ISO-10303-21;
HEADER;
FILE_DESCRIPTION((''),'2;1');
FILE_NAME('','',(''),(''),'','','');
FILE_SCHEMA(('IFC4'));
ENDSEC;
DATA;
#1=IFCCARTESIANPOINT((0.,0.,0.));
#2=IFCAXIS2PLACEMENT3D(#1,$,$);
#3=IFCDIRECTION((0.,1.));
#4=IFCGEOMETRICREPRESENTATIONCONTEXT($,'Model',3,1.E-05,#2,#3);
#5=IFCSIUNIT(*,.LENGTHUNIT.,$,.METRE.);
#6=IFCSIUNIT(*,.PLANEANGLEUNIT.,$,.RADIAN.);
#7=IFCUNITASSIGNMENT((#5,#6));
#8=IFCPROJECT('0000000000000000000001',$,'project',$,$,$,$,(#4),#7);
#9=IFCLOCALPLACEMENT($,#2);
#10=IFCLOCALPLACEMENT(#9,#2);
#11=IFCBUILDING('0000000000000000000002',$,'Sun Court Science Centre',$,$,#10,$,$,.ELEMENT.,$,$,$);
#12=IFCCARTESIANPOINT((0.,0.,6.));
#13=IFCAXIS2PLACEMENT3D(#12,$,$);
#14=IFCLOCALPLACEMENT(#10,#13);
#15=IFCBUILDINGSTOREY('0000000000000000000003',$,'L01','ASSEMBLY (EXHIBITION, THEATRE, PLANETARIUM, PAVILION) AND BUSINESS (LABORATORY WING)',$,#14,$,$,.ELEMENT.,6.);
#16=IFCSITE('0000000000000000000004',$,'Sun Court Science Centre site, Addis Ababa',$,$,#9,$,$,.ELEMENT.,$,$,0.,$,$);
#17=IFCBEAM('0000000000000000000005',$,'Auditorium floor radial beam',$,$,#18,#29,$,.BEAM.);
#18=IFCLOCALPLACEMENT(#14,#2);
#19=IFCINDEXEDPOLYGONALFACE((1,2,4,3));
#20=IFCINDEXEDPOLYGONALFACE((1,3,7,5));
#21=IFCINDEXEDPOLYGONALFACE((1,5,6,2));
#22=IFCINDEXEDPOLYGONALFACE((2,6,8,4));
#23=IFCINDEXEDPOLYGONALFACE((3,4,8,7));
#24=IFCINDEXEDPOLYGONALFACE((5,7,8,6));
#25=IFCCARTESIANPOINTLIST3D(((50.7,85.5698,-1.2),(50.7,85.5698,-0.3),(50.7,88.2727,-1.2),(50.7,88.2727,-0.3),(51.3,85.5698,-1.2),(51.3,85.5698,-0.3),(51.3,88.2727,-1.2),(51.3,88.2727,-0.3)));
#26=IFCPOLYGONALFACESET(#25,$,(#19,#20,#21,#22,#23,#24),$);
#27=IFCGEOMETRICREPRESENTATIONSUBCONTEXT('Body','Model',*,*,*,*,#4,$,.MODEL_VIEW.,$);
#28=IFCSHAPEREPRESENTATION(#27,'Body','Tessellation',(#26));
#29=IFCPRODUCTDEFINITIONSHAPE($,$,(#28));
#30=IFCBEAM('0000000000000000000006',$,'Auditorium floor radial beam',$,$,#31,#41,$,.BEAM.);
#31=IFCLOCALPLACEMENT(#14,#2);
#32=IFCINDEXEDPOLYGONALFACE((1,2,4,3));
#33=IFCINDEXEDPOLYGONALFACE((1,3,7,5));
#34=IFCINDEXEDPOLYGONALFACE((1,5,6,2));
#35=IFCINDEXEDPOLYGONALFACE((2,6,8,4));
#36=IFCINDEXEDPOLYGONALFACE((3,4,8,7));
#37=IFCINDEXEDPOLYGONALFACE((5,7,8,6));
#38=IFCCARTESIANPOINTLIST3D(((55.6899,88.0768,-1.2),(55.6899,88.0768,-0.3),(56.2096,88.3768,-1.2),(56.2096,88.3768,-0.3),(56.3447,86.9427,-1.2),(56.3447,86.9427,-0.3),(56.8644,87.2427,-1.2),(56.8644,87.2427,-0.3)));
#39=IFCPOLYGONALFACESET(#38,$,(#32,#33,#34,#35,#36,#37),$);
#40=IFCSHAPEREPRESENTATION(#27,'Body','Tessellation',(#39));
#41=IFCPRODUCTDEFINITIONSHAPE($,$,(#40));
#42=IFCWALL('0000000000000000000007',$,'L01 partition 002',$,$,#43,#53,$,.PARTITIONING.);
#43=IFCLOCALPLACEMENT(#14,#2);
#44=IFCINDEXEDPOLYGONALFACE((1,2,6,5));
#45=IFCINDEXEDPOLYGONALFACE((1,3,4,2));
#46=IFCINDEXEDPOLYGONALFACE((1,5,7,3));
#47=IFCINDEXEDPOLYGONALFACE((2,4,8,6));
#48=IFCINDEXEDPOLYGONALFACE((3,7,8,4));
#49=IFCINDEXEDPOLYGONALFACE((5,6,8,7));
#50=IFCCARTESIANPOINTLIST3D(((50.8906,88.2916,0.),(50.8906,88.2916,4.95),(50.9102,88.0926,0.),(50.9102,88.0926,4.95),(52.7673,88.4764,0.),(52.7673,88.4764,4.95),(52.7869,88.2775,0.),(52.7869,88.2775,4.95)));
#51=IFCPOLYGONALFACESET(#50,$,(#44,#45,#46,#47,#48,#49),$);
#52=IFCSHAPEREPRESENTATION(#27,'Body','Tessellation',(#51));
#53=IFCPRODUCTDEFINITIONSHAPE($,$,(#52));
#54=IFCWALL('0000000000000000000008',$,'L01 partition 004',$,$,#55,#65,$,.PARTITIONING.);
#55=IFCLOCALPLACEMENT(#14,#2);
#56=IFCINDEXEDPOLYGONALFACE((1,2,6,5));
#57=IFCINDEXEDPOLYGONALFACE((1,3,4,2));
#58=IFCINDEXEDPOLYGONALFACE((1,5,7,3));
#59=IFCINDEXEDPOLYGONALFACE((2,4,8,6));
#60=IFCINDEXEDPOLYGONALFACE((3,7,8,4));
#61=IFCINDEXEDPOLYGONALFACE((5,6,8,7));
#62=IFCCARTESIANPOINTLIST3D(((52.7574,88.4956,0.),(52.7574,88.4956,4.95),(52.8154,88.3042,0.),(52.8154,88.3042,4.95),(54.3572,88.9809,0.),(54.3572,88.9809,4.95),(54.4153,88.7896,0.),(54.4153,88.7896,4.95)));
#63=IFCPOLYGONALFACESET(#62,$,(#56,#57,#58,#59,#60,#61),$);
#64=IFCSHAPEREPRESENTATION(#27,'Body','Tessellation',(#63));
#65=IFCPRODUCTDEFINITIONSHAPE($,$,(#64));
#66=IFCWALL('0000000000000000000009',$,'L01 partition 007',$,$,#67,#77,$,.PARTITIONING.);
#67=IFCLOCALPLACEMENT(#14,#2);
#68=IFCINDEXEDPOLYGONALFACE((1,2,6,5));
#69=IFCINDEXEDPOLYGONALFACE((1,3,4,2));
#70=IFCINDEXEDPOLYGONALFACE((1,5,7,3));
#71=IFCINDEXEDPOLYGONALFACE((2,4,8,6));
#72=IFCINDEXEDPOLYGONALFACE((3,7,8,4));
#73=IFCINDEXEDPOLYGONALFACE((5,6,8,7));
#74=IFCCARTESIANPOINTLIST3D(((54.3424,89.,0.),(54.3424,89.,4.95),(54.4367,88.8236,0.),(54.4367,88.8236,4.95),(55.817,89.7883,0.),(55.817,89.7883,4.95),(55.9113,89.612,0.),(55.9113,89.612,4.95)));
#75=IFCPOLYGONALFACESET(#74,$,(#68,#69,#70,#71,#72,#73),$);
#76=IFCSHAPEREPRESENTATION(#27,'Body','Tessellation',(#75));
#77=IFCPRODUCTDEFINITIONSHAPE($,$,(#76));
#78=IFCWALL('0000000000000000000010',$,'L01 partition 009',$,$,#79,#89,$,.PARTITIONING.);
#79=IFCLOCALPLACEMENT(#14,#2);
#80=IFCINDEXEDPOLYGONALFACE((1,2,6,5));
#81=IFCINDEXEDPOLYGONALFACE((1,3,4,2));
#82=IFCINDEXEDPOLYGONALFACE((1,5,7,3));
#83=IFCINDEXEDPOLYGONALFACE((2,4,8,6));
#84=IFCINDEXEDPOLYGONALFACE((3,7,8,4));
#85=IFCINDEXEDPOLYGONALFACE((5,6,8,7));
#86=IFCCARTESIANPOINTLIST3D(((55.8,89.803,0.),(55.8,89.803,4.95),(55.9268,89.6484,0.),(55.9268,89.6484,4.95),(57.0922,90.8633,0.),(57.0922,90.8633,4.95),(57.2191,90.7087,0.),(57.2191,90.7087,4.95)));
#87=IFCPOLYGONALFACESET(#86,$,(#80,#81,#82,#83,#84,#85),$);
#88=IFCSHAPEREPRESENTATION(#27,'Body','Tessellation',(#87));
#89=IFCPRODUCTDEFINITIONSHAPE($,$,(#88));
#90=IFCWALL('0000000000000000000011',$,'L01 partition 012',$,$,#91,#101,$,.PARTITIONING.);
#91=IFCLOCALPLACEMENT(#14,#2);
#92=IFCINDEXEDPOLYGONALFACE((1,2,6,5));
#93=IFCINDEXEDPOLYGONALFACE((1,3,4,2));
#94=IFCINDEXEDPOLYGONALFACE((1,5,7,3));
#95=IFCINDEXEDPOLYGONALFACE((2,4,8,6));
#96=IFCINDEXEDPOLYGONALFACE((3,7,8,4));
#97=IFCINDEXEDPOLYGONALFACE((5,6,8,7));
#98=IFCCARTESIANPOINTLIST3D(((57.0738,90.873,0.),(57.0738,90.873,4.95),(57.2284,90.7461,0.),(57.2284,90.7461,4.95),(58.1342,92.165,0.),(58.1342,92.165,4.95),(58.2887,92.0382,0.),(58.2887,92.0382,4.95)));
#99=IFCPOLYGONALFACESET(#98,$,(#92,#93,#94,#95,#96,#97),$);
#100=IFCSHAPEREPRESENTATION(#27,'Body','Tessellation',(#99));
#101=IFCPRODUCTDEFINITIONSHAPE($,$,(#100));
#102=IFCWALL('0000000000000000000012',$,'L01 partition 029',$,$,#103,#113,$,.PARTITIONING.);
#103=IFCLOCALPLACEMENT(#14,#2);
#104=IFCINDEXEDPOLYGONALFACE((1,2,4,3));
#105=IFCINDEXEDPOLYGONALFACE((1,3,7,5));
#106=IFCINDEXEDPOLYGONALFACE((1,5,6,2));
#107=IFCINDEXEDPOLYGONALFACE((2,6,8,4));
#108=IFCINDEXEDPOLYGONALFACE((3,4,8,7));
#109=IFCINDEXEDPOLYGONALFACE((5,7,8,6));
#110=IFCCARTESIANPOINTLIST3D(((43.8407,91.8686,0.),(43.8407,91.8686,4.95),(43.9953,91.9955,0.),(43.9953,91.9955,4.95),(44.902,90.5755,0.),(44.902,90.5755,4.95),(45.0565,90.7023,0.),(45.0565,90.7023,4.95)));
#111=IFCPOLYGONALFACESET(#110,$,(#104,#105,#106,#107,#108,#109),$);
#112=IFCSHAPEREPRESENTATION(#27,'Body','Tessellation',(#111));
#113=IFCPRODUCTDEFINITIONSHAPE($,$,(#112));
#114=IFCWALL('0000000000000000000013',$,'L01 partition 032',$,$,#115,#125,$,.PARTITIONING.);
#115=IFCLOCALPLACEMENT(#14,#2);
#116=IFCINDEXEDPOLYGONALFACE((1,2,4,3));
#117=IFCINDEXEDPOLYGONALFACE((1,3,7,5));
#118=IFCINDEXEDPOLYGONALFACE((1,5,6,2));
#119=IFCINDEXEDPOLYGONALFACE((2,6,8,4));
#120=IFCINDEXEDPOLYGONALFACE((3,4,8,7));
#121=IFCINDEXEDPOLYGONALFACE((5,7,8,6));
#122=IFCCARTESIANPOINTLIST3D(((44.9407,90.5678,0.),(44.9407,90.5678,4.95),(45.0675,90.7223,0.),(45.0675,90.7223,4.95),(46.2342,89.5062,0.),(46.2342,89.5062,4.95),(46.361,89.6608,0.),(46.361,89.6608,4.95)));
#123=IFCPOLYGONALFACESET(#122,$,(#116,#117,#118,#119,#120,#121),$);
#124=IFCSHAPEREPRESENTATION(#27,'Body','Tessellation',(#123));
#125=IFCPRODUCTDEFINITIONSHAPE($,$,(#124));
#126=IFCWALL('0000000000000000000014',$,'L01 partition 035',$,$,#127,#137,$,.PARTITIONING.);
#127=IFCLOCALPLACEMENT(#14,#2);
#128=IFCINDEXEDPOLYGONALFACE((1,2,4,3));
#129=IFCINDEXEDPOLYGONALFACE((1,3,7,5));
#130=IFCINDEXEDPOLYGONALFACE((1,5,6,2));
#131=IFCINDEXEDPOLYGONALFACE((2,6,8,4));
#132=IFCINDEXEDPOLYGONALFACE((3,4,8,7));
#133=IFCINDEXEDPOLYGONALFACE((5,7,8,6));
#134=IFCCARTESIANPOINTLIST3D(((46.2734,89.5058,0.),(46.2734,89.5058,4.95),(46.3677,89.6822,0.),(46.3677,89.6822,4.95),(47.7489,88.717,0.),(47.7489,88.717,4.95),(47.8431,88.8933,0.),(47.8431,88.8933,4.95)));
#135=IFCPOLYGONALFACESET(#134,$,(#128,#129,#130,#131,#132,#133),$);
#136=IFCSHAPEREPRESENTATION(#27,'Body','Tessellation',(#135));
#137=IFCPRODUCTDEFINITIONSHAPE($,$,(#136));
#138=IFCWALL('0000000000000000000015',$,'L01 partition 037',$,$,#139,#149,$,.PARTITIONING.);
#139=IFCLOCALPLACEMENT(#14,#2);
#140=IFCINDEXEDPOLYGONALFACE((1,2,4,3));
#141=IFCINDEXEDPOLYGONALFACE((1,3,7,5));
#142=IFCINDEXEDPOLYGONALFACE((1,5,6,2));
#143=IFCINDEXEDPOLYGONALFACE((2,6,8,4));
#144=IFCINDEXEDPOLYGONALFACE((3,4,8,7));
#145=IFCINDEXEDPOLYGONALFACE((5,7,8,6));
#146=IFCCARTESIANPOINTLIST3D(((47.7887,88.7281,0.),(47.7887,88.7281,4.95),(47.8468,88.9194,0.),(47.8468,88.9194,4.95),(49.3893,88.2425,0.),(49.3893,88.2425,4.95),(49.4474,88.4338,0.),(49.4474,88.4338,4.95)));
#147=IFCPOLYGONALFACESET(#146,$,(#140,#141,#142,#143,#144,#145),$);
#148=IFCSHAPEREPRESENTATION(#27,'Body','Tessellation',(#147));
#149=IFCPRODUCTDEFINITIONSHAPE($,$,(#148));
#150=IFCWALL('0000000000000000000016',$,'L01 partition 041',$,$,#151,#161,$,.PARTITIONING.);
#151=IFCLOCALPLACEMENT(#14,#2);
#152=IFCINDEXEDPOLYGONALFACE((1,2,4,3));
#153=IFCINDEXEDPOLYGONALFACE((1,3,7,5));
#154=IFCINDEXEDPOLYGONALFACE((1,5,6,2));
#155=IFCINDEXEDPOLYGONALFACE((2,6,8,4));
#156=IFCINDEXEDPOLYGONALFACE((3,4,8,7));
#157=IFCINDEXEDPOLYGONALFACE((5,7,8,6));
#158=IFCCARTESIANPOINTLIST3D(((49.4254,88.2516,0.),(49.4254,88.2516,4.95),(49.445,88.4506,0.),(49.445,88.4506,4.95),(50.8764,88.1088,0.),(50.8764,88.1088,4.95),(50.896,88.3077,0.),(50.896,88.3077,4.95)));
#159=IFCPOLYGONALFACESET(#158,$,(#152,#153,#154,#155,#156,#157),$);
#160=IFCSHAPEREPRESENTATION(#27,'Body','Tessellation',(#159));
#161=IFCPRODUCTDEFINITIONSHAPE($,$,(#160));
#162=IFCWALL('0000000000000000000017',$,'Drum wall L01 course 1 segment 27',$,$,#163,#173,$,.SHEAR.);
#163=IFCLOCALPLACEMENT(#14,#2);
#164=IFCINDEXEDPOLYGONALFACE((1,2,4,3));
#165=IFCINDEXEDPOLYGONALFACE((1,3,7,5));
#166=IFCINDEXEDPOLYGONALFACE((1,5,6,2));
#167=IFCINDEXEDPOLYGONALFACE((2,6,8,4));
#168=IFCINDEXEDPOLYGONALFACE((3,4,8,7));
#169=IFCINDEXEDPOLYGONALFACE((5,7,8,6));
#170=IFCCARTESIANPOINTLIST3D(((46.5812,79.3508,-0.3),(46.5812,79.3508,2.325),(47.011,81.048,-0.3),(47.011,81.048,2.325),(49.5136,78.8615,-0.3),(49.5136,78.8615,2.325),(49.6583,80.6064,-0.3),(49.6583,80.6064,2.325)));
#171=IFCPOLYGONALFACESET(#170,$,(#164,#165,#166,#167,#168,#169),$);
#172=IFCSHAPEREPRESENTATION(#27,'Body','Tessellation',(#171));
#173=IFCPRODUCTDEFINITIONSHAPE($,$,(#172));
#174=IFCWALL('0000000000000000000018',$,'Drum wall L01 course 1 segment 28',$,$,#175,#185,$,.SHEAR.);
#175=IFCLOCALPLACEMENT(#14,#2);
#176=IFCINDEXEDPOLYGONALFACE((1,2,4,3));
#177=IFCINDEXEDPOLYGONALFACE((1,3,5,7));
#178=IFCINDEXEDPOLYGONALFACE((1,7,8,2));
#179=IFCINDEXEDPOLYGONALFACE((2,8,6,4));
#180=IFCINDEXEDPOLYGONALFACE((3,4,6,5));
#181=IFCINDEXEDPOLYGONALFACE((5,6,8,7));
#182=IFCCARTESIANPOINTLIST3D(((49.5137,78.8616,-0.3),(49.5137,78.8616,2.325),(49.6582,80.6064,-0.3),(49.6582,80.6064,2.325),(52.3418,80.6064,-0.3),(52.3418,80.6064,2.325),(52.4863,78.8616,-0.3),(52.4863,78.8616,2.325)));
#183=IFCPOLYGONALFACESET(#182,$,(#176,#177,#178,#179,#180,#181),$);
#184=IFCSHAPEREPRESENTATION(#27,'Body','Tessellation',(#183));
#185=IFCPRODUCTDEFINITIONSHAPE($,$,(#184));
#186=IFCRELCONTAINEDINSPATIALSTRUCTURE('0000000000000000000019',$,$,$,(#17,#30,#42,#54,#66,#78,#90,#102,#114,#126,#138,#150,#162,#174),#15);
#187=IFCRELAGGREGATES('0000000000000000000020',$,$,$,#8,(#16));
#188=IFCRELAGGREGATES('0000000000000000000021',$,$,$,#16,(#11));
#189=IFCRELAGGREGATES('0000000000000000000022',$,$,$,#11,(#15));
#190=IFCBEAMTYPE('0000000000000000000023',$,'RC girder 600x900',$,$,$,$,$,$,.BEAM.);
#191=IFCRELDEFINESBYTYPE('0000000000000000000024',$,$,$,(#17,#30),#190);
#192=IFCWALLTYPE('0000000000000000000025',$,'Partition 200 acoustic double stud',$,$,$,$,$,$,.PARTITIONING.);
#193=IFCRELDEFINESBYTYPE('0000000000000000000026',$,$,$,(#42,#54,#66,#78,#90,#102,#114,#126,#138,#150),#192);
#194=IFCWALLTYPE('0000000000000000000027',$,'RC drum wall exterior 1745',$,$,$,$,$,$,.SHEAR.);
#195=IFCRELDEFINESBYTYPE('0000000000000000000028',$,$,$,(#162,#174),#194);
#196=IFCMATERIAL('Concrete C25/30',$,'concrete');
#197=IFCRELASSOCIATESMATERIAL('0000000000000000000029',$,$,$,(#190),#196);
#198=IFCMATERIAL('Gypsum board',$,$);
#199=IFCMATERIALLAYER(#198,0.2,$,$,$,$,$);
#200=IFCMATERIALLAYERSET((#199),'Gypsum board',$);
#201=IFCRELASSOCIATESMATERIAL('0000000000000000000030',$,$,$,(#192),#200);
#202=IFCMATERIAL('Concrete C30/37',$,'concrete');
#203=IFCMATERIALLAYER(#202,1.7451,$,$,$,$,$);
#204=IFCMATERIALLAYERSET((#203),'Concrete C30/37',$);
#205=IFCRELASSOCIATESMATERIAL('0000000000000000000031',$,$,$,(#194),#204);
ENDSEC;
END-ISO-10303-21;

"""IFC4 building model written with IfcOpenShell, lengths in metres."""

from ifc_helpers import new_model, si_unit, direction, frame, frame_2d, origin, origin_2d, place, context, subcontext, project, spatial, polyline, rectangle, outline, extrude, material, layer, layer_set, material_profile, profile_set, type_object, element, save


model = new_model("IFC4")

# Units and contexts
model_context = context("Model", 3, precision=1e-05, world=origin(), true_north=direction((0.0, 1.0)))
body_context = subcontext(model_context, "Body", "Model", "MODEL_VIEW")
ifc_project = project(units=[si_unit("LENGTHUNIT", "METRE"), si_unit("PLANEANGLEUNIT", "RADIAN")], contexts=[model_context])

# Site, building, storey
site_placement = place(None, origin())
site = spatial("IfcSite", under=ifc_project, at=site_placement, Name="Sun Court Science Centre site, Addis Ababa", CompositionType="ELEMENT", RefElevation=0.0)
building_placement = place(site_placement, origin())
building = spatial("IfcBuilding", under=site, at=building_placement, Name="Sun Court Science Centre", CompositionType="ELEMENT")
storey_placement = place(building_placement, frame((0.0, 0.0, 6.0)))
storey = spatial("IfcBuildingStorey", under=building, at=storey_placement, Name="L01", Description="ASSEMBLY (EXHIBITION, THEATRE, PLANETARIUM, PAVILION) AND BUSINESS (LABORATORY WING)", CompositionType="ELEMENT", Elevation=6.0)

# Beams
ifc_material_1 = material(Name="Concrete C25/30", Category="concrete")
ifc_material_profile_1 = material_profile(ifc_material_1, rectangle(XDim=0.6001, YDim=0.8999, at=origin_2d()), Name="RC 600x900")
ifc_profile_set_1 = profile_set([ifc_material_profile_1], Name="Concrete C25/30")
beam_type_1 = type_object("IfcBeamType", Name="RC girder 600x900", PredefinedType="BEAM", material=ifc_profile_set_1)
beam_1_placement = place(storey_placement, frame((51.0, 88.2727, -0.75), z_axis=(0.0, -1.0, 0.0), x_axis=(1.0, 0.0, 0.0)))
element("IfcBeam", 1, at=beam_1_placement, inside=storey, type_object=beam_type_1, Name="Auditorium floor radial beam", PredefinedType="BEAM", context=body_context, shape_type="SweptSolid", body=[
    extrude(rectangle(XDim=0.6001, YDim=0.8999, at=origin_2d()), origin(), (0.0, 0.0, 1.0), 2.7029),
])
beam_2_placement = place(storey_placement, frame((55.9497, 88.2268, -0.75), z_axis=(0.500029, -0.866009, 0.0), x_axis=(0.866009, 0.500029, 0.0)))
element("IfcBeam", 2, at=beam_2_placement, inside=storey, type_object=beam_type_1, Name="Auditorium floor radial beam", PredefinedType="BEAM", context=body_context, shape_type="SweptSolid", body=[
    extrude(rectangle(XDim=0.6001, YDim=0.8999, at=origin_2d()), origin(), (0.0, 0.0, 1.0), 1.3096),
])

# Walls
ifc_material_2 = material(Name="Gypsum board")
ifc_layer_1 = layer(ifc_material_2, 0.2)
ifc_layer_set_1 = layer_set([ifc_layer_1], Name="Gypsum board")
wall_type_1 = type_object("IfcWallType", Name="Partition 200 acoustic double stud", PredefinedType="PARTITIONING", material=ifc_layer_set_1)
wall_1_placement = place(storey_placement, frame((50.9004, 88.1921, 0.0), z_axis=(0.0, 0.0, 1.0), x_axis=(0.995186, 0.098004, 0.0)))
element("IfcWall", 3, at=wall_1_placement, inside=storey, type_object=wall_type_1, Name="L01 partition 002", PredefinedType="PARTITIONING", context=body_context, shape_type="SweptSolid", body=[
    extrude(rectangle(XDim=1.8857, YDim=0.2, at=frame_2d((0.9429, 0.0))), origin(), (0.0, 0.0, 1.0), 4.95),
])
wall_2_placement = place(storey_placement, frame((52.7864, 88.3999, 0.0), z_axis=(0.0, 0.0, 1.0), x_axis=(0.956933, 0.290307, 0.0)))
element("IfcWall", 4, at=wall_2_placement, inside=storey, type_object=wall_type_1, Name="L01 partition 004", PredefinedType="PARTITIONING", context=body_context, shape_type="SweptSolid", body=[
    extrude(rectangle(XDim=1.6719, YDim=0.2, at=frame_2d((0.8359, 0.0))), origin(), (0.0, 0.0, 1.0), 4.95),
])
wall_3_placement = place(storey_placement, frame((54.3896, 88.9119, 0.0), z_axis=(0.0, 0.0, 1.0), x_axis=(0.881888, 0.47146, 0.0)))
element("IfcWall", 5, at=wall_3_placement, inside=storey, type_object=wall_type_1, Name="L01 partition 007", PredefinedType="PARTITIONING", context=body_context, shape_type="SweptSolid", body=[
    extrude(rectangle(XDim=1.6721, YDim=0.2, at=frame_2d((0.8359, 0.0))), origin(), (0.0, 0.0, 1.0), 4.95),
])
wall_4_placement = place(storey_placement, frame((55.8633, 89.7256, 0.0), z_axis=(0.0, 0.0, 1.0), x_axis=(0.773072, 0.634319, 0.0)))
element("IfcWall", 6, at=wall_4_placement, inside=storey, type_object=wall_type_1, Name="L01 partition 009", PredefinedType="PARTITIONING", context=body_context, shape_type="SweptSolid", body=[
    extrude(rectangle(XDim=1.6716, YDim=0.2, at=frame_2d((0.8359, 0.0))), origin(), (0.0, 0.0, 1.0), 4.95),
])
wall_5_placement = place(storey_placement, frame((57.1511, 90.8096, 0.0), z_axis=(0.0, 0.0, 1.0), x_axis=(0.63439, 0.773013, 0.0)))
element("IfcWall", 7, at=wall_5_placement, inside=storey, type_object=wall_type_1, Name="L01 partition 012", PredefinedType="PARTITIONING", context=body_context, shape_type="SweptSolid", body=[
    extrude(rectangle(XDim=1.6714, YDim=0.2, at=frame_2d((0.8357, 0.0))), origin(), (0.0, 0.0, 1.0), 4.95),
])
wall_6_placement = place(storey_placement, frame((44.9792, 90.6389, 0.0), z_axis=(0.0, 0.0, 1.0), x_axis=(-0.634381, 0.77302, 0.0)))
element("IfcWall", 8, at=wall_6_placement, inside=storey, type_object=wall_type_1, Name="L01 partition 029", PredefinedType="PARTITIONING", context=body_context, shape_type="SweptSolid", body=[
    extrude(rectangle(XDim=1.6729, YDim=0.2, at=frame_2d((0.8364, 0.0))), origin(), (0.0, 0.0, 1.0), 4.95),
])
wall_7_placement = place(storey_placement, frame((46.2976, 89.5835, 0.0), z_axis=(0.0, 0.0, 1.0), x_axis=(-0.773007, 0.634397, 0.0)))
element("IfcWall", 9, at=wall_7_placement, inside=storey, type_object=wall_type_1, Name="L01 partition 032", PredefinedType="PARTITIONING", context=body_context, shape_type="SweptSolid", body=[
    extrude(rectangle(XDim=1.6733, YDim=0.2, at=frame_2d((0.8367, 0.0))), origin(), (0.0, 0.0, 1.0), 4.95),
])
wall_8_placement = place(storey_placement, frame((47.7959, 88.8052, 0.0), z_axis=(0.0, 0.0, 1.0), x_axis=(-0.881864, 0.471504, 0.0)))
element("IfcWall", 10, at=wall_8_placement, inside=storey, type_object=wall_type_1, Name="L01 partition 035", PredefinedType="PARTITIONING", context=body_context, shape_type="SweptSolid", body=[
    extrude(rectangle(XDim=1.6731, YDim=0.2, at=frame_2d((0.8364, 0.0))), origin(), (0.0, 0.0, 1.0), 4.95),
])
wall_9_placement = place(storey_placement, frame((49.4185, 88.3381, 0.0), z_axis=(0.0, 0.0, 1.0), x_axis=(-0.95693, 0.290319, 0.0)))
element("IfcWall", 11, at=wall_9_placement, inside=storey, type_object=wall_type_1, Name="L01 partition 037", PredefinedType="PARTITIONING", context=body_context, shape_type="SweptSolid", body=[
    extrude(rectangle(XDim=1.6726, YDim=0.2, at=frame_2d((0.8364, 0.0))), origin(), (0.0, 0.0, 1.0), 4.95),
])
wall_10_placement = place(storey_placement, frame((50.8862, 88.2083, 0.0), z_axis=(0.0, 0.0, 1.0), x_axis=(-0.99519, 0.097962, 0.0)))
element("IfcWall", 12, at=wall_10_placement, inside=storey, type_object=wall_type_1, Name="L01 partition 041", PredefinedType="PARTITIONING", context=body_context, shape_type="SweptSolid", body=[
    extrude(rectangle(XDim=1.458, YDim=0.2, at=frame_2d((0.729, 0.0))), origin(), (0.0, 0.0, 1.0), 4.95),
])
ifc_material_3 = material(Name="Concrete C30/37", Category="concrete")
ifc_layer_2 = layer(ifc_material_3, 1.7451)
ifc_layer_set_2 = layer_set([ifc_layer_2], Name="Concrete C30/37")
wall_type_2 = type_object("IfcWallType", Name="RC drum wall exterior 1745", PredefinedType="SHEAR", material=ifc_layer_set_2)
wall_11_placement = place(storey_placement, frame((46.7249, 80.2114, -0.3), z_axis=(0.0, 0.0, 1.0), x_axis=(0.986352, -0.164652, 0.0)))
element("IfcWall", 13, at=wall_11_placement, inside=storey, type_object=wall_type_2, Name="Drum wall L01 course 1 segment 27", PredefinedType="SHEAR", context=body_context, shape_type="SweptSolid", body=[
    extrude(outline(polyline([(0.0, -0.8726), (2.9729, -0.8723), (2.8284, 0.8726), (0.1445, 0.8723), (0.0, -0.8726)])), origin(), (0.0, 0.0, 1.0), 2.625),
])
wall_12_placement = place(storey_placement, frame((49.5137, 79.7339, -0.3), z_axis=(0.0, 0.0, 1.0), x_axis=(1.0, 0.0, 0.0)))
element("IfcWall", 14, at=wall_12_placement, inside=storey, type_object=wall_type_2, Name="Drum wall L01 course 1 segment 28", PredefinedType="SHEAR", context=body_context, shape_type="SweptSolid", body=[
    extrude(outline(polyline([(0.0, -0.8723), (2.9727, -0.8723), (2.8281, 0.8726), (0.1445, 0.8726), (0.0, -0.8723)])), origin(), (0.0, 0.0, 1.0), 2.625),
])

save(model, "model.ifc")
